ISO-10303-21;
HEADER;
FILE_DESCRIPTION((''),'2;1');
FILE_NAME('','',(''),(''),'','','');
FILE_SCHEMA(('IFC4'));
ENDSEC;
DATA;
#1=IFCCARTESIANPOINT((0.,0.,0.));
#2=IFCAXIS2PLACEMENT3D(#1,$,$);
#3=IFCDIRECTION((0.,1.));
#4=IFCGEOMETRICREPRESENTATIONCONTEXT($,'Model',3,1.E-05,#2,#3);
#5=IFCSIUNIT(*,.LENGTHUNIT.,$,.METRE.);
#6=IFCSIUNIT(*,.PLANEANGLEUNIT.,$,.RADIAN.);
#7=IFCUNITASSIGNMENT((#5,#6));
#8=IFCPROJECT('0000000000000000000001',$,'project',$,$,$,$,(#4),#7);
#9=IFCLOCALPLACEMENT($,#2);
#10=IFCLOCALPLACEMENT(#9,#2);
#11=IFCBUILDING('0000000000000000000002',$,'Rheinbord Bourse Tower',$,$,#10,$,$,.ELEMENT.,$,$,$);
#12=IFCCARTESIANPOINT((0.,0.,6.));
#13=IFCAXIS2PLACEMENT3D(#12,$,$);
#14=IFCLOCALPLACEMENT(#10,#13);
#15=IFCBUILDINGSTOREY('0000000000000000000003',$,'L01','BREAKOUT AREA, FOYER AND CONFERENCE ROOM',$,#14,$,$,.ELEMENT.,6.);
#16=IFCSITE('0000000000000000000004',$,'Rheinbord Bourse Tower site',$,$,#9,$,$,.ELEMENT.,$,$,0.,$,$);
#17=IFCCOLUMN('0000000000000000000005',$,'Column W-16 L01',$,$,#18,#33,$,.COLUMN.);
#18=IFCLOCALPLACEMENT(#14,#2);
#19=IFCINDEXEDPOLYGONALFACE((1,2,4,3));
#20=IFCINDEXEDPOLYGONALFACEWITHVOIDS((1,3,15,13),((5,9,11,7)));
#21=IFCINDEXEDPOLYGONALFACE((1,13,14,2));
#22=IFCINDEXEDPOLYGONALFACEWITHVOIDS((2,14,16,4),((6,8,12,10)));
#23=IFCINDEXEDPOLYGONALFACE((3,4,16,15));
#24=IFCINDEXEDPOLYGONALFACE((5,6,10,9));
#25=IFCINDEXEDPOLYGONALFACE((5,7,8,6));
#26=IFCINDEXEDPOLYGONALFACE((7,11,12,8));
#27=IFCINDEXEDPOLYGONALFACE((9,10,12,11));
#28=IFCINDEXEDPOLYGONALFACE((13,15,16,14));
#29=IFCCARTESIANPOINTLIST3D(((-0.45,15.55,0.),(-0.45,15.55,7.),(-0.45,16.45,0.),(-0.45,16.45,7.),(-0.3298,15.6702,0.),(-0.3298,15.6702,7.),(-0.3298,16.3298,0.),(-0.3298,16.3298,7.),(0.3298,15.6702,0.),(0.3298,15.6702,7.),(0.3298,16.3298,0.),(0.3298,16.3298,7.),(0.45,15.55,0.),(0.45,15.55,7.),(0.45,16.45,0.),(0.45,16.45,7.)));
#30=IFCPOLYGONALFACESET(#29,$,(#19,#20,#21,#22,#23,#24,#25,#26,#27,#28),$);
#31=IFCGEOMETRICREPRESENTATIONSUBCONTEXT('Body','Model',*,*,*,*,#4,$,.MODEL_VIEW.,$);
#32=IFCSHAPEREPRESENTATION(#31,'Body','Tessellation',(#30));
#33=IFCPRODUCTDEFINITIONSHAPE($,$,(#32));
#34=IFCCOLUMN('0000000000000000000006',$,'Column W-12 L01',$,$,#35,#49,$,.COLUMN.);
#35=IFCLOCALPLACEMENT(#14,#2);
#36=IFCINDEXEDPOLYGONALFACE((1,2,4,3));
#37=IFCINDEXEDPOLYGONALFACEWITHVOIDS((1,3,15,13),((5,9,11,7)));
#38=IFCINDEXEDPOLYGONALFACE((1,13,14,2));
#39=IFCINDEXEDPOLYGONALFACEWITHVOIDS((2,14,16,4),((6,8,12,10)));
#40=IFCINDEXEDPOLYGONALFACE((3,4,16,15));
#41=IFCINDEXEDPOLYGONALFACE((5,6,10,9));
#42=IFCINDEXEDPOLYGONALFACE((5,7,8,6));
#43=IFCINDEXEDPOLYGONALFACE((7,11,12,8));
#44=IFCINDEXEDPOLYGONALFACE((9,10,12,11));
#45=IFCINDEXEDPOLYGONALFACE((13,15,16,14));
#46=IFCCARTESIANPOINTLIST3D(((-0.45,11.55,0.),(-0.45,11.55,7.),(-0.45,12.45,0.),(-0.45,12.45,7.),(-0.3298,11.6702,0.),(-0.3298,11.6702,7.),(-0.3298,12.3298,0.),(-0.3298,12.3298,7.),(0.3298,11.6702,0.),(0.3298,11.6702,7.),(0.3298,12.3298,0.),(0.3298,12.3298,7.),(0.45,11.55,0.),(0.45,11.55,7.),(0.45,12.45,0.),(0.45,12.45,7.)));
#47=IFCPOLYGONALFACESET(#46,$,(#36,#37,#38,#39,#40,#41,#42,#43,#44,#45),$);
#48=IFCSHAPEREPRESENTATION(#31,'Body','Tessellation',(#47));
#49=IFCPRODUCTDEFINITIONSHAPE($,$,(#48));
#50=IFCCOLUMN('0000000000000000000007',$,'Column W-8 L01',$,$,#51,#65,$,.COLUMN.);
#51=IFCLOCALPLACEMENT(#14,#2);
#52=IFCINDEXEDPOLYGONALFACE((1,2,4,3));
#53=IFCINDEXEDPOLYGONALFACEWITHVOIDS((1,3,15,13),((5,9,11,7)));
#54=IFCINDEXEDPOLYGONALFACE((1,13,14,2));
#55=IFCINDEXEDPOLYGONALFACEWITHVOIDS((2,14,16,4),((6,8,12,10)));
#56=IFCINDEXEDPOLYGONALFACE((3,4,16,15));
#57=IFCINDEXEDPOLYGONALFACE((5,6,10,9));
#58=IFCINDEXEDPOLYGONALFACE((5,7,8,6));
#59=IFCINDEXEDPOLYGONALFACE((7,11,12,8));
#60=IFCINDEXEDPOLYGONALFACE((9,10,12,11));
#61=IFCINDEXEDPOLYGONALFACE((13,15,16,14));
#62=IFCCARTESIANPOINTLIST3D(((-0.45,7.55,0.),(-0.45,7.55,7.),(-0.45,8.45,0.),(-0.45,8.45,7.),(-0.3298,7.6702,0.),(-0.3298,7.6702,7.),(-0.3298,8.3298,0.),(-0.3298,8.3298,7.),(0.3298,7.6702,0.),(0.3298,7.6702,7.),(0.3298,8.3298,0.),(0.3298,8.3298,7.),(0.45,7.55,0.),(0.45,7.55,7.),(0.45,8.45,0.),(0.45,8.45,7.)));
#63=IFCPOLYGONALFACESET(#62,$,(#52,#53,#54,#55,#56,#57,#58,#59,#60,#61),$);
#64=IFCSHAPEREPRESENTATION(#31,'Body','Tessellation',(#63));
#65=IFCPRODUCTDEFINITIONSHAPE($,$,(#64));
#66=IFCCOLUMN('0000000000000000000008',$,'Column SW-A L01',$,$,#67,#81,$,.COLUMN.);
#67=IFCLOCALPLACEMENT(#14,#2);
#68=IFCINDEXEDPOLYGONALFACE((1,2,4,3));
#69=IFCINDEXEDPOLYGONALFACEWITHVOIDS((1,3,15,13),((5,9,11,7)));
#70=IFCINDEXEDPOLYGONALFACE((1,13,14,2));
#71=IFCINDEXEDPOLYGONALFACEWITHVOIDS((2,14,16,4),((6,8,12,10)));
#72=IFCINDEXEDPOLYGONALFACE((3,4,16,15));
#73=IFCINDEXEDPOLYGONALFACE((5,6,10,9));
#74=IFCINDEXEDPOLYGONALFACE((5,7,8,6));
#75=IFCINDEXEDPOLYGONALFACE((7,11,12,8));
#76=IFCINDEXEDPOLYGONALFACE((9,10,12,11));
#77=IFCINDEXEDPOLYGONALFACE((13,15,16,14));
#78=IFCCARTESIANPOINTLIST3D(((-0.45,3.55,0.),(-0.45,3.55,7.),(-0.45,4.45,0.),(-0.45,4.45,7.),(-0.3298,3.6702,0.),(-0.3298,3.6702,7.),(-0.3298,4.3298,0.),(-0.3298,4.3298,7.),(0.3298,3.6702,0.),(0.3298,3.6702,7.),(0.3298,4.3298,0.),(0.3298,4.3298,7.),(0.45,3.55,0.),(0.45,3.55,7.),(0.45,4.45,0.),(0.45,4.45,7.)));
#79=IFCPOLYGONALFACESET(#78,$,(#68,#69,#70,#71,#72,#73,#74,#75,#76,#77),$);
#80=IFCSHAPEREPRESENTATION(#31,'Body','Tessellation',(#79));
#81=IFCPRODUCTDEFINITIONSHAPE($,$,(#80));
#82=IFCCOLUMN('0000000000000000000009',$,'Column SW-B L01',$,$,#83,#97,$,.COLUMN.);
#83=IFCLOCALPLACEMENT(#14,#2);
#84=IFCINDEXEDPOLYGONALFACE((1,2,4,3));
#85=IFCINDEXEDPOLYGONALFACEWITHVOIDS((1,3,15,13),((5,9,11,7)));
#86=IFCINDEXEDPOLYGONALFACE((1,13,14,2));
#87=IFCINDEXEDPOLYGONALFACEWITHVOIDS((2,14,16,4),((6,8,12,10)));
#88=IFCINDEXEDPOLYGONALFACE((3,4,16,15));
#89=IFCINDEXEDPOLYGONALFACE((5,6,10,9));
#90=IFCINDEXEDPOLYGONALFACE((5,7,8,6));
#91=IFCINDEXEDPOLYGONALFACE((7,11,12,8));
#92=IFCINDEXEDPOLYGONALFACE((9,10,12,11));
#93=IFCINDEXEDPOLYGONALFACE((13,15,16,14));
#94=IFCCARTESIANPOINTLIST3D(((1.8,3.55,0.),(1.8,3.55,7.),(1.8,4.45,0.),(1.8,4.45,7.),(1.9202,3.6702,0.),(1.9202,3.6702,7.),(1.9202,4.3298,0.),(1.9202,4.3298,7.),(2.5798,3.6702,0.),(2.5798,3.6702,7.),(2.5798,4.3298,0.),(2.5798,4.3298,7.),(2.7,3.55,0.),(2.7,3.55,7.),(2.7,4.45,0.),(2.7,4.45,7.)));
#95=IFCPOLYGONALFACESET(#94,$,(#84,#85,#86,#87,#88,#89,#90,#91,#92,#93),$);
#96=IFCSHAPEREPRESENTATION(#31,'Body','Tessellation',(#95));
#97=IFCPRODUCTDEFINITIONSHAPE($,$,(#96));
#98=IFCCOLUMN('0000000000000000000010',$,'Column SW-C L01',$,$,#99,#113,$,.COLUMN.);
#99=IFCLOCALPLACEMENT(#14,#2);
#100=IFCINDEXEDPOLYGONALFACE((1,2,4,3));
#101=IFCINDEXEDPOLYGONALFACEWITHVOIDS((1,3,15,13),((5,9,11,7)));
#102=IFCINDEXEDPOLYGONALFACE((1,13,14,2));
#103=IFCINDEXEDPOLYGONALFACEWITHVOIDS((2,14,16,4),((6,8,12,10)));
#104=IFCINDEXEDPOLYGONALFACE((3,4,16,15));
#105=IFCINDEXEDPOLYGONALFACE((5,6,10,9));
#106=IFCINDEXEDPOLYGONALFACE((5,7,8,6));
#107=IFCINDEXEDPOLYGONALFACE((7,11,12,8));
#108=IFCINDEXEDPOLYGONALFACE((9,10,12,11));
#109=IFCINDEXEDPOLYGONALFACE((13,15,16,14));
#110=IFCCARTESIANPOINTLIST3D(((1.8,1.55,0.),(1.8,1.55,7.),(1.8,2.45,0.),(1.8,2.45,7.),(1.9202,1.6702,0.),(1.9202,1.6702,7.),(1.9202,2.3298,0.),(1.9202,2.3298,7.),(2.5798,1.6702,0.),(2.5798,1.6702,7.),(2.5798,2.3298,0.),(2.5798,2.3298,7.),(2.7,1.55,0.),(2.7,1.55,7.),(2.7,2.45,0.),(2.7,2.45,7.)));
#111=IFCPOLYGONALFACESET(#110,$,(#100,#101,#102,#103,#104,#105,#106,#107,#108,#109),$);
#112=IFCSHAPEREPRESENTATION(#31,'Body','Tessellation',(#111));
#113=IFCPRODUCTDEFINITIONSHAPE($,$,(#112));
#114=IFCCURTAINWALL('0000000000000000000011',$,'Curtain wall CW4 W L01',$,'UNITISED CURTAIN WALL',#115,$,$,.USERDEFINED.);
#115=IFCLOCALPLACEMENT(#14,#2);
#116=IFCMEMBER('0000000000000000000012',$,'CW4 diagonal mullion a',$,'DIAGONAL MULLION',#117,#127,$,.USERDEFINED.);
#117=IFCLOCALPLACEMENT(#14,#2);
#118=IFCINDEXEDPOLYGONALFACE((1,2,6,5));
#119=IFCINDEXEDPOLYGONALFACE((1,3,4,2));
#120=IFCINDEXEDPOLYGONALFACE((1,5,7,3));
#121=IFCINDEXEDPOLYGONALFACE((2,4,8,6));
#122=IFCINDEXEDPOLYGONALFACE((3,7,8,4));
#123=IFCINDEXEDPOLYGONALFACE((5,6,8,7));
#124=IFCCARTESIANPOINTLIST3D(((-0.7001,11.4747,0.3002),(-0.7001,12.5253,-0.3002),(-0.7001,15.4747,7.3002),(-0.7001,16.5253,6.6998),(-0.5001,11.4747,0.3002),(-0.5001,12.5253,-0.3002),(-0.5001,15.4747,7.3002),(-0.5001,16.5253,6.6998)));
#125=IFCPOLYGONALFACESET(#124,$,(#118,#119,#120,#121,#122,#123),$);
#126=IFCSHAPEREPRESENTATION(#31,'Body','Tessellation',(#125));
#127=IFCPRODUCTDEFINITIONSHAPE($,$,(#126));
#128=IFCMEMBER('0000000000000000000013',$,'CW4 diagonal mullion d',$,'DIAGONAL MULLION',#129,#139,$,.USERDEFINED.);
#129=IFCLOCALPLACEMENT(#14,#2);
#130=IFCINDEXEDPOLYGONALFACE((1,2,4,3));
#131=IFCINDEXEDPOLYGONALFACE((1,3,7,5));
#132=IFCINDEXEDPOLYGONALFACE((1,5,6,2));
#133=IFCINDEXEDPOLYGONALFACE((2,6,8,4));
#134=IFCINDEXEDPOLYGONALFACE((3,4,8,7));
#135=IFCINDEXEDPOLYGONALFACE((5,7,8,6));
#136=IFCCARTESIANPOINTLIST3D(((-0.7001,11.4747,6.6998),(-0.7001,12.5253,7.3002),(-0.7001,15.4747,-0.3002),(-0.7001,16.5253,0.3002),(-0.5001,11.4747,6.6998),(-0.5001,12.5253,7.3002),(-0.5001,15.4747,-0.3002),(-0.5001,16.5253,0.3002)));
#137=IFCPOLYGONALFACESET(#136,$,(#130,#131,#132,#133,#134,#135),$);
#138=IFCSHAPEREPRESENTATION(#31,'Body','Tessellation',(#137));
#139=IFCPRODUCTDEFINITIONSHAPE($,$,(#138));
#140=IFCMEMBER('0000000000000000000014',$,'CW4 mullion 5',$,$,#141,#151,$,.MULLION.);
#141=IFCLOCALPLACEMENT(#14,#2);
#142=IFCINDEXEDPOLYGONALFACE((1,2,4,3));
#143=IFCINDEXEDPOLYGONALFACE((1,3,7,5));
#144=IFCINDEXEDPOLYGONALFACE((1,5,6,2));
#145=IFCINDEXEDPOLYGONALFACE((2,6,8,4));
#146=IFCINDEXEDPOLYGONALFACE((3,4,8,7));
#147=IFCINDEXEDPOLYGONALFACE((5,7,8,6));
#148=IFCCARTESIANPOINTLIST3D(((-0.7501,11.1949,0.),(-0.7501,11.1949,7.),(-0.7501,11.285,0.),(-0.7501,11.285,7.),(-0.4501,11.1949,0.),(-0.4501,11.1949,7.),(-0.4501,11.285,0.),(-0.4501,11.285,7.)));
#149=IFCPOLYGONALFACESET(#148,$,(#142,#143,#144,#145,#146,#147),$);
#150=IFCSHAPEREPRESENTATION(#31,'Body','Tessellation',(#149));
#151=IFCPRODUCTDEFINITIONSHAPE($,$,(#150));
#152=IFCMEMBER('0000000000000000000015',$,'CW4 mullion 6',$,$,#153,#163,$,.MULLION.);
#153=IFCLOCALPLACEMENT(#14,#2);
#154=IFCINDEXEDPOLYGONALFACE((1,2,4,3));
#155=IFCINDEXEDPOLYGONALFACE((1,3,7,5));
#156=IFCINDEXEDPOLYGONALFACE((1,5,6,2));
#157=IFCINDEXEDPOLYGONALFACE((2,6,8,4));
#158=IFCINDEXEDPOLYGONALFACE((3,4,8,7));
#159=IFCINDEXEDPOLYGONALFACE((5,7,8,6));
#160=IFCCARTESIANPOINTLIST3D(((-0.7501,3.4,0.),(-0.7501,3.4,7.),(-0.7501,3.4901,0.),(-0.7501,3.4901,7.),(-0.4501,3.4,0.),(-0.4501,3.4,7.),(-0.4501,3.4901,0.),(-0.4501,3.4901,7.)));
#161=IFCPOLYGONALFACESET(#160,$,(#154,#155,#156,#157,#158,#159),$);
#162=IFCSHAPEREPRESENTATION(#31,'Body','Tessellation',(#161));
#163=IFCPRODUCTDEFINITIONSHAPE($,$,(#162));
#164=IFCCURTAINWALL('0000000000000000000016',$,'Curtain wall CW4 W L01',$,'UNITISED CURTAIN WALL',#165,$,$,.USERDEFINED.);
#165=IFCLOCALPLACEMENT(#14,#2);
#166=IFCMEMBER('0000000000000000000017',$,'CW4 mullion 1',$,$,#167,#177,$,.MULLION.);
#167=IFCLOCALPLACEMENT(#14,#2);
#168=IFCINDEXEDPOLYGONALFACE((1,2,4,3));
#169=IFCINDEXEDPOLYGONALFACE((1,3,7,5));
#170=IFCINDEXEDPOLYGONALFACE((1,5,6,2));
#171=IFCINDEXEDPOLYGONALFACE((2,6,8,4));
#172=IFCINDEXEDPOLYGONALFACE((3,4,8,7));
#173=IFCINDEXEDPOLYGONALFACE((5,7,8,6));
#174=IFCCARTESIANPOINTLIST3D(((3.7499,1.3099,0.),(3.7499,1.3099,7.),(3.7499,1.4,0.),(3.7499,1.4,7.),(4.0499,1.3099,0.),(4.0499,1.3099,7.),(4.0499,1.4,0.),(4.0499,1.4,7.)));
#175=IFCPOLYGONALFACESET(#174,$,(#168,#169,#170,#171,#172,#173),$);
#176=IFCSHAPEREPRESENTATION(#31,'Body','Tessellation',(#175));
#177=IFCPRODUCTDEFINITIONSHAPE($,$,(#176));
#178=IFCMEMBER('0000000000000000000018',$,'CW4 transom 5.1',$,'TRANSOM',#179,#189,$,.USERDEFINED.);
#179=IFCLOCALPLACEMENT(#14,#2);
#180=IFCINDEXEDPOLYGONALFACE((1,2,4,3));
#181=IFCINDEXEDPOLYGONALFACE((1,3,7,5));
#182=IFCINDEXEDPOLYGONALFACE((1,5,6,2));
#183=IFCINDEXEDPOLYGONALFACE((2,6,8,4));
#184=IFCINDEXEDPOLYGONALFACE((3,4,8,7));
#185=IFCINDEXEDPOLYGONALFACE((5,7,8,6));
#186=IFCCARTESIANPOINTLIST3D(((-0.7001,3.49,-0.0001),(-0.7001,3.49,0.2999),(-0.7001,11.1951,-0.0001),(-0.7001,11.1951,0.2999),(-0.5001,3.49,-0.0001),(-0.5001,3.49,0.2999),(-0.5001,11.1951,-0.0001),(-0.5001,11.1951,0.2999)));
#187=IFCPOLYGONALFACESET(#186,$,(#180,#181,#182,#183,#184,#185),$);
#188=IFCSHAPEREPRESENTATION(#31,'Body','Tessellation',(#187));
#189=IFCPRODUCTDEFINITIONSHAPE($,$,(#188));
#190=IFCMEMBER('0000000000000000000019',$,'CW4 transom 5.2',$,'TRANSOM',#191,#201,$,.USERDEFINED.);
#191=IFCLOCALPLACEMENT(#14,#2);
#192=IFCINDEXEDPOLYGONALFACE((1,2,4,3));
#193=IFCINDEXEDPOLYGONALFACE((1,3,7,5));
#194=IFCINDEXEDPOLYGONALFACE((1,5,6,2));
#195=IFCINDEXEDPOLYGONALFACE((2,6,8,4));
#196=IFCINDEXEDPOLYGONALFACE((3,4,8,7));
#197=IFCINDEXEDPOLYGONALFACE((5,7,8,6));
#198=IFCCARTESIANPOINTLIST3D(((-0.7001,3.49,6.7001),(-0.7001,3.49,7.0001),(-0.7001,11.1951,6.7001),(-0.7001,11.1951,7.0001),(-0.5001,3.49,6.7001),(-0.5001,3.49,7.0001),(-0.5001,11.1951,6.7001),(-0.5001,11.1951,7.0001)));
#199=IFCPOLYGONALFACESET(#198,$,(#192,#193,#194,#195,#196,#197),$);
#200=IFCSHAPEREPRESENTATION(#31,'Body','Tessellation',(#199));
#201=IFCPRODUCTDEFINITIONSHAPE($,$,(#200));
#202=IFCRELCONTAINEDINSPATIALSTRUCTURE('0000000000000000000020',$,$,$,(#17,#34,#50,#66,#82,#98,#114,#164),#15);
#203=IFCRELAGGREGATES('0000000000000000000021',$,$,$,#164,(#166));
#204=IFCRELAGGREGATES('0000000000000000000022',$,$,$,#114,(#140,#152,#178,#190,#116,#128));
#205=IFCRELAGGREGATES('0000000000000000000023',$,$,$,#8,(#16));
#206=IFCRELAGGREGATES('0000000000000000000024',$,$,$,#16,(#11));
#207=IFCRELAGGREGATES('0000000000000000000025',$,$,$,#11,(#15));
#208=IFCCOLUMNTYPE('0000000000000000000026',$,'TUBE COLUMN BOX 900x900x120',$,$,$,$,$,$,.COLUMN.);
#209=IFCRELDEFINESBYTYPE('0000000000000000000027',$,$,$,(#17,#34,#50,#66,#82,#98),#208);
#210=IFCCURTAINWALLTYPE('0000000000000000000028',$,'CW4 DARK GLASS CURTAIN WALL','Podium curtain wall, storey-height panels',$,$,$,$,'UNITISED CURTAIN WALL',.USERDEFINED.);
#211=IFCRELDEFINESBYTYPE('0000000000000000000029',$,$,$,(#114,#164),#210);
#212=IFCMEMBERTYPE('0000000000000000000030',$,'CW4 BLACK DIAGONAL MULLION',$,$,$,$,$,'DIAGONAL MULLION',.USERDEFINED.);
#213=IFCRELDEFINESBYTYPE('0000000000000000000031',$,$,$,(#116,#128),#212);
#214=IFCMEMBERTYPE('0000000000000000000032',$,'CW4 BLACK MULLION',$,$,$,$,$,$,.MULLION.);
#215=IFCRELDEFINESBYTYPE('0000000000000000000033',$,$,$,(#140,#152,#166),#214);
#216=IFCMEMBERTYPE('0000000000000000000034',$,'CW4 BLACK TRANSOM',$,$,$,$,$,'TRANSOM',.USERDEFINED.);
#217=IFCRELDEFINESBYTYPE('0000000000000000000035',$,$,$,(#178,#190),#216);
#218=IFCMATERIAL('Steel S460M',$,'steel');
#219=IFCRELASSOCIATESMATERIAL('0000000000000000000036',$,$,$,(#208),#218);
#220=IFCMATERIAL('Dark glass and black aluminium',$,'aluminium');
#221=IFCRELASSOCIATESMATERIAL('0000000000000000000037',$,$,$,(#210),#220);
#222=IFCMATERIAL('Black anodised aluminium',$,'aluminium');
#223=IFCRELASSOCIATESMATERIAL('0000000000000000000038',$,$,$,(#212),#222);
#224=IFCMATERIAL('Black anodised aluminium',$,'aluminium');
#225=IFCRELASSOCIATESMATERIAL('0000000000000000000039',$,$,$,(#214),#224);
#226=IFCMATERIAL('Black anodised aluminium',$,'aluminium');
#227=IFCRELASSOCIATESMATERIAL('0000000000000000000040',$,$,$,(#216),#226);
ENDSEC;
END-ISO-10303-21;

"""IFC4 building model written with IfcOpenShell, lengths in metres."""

from ifc_helpers import new_model, si_unit, direction, frame, origin, origin_2d, place, context, subcontext, project, spatial, rectangle, hollow_rectangle, extrude, material, material_profile, profile_set, type_object, element, aggregate, save


model = new_model("IFC4")

# Units and contexts
model_context = context("Model", 3, precision=1e-05, world=origin(), true_north=direction((0.0, 1.0)))
body_context = subcontext(model_context, "Body", "Model", "MODEL_VIEW")
ifc_project = project(units=[si_unit("LENGTHUNIT", "METRE"), si_unit("PLANEANGLEUNIT", "RADIAN")], contexts=[model_context])

# Site, building, storey
site_placement = place(None, origin())
site = spatial("IfcSite", under=ifc_project, at=site_placement, Name="Rheinbord Bourse Tower site", CompositionType="ELEMENT", RefElevation=0.0)
building_placement = place(site_placement, origin())
building = spatial("IfcBuilding", under=site, at=building_placement, Name="Rheinbord Bourse Tower", CompositionType="ELEMENT")
storey_placement = place(building_placement, frame((0.0, 0.0, 6.0)))
storey = spatial("IfcBuildingStorey", under=building, at=storey_placement, Name="L01", Description="BREAKOUT AREA, FOYER AND CONFERENCE ROOM", CompositionType="ELEMENT", Elevation=6.0)

# Columns
ifc_material_1 = material(Name="Steel S460M", Category="steel")
ifc_material_profile_1 = material_profile(ifc_material_1, hollow_rectangle(XDim=0.8999, YDim=0.8999, WallThickness=0.1201, at=origin_2d()), Name="BOX 900x900x120")
ifc_profile_set_1 = profile_set([ifc_material_profile_1], Name="Steel S460M")
column_type = type_object("IfcColumnType", Name="TUBE COLUMN BOX 900x900x120", PredefinedType="COLUMN", material=ifc_profile_set_1)
for number, where, z_axis, x_axis, name in (
    (1, (0.0, 16.0, 0.0), (0.0, 0.0, 1.0), (1.0, 0.0, 0.0), "Column W-16 L01"),
    (2, (0.0, 12.0, 0.0), (0.0, 0.0, 1.0), (1.0, 0.0, 0.0), "Column W-12 L01"),
    (3, (0.0, 8.0, 0.0), (0.0, 0.0, 1.0), (1.0, 0.0, 0.0), "Column W-8 L01"),
    (4, (0.0, 4.0, 0.0), (0.0, 0.0, 1.0), (1.0, 0.0, 0.0), "Column SW-A L01"),
    (5, (2.25, 4.0, 0.0), (0.0, 0.0, 1.0), (1.0, 0.0, 0.0), "Column SW-B L01"),
    (6, (2.25, 2.0, 0.0), (0.0, 0.0, 1.0), (1.0, 0.0, 0.0), "Column SW-C L01"),
):
    element("IfcColumn", number, at=place(storey_placement, frame(where, z_axis=z_axis, x_axis=x_axis)), inside=storey, type_object=column_type, Name=name, PredefinedType="COLUMN", context=body_context, shape_type="SweptSolid", body=[
        extrude(hollow_rectangle(XDim=0.8999, YDim=0.8999, WallThickness=0.1201, at=origin_2d()), origin(), (0.0, 0.0, 1.0), 7.0),
    ])

# Curtain wall, members
ifc_material_2 = material(Name="Dark glass and black aluminium", Category="aluminium")
curtain_wall_type = type_object("IfcCurtainWallType", Name="CW4 DARK GLASS CURTAIN WALL", Description="Podium curtain wall, storey-height panels", ElementType="UNITISED CURTAIN WALL", PredefinedType="USERDEFINED", material=ifc_material_2)
curtain_wall_1_placement = place(storey_placement, origin())
curtain_wall_1 = element("IfcCurtainWall", 7, at=curtain_wall_1_placement, inside=storey, type_object=curtain_wall_type, Name="Curtain wall CW4 W L01", ObjectType="UNITISED CURTAIN WALL", PredefinedType="USERDEFINED")
ifc_material_3 = material(Name="Black anodised aluminium", Category="aluminium")
ifc_material_profile_2 = material_profile(ifc_material_3, rectangle(XDim=0.2, YDim=1.21, at=origin_2d()), Name="CW4 DIAGONAL MULLION 1210x200")
ifc_profile_set_2 = profile_set([ifc_material_profile_2], Name="Black anodised aluminium")
member_type_1 = type_object("IfcMemberType", Name="CW4 BLACK DIAGONAL MULLION", ElementType="DIAGONAL MULLION", PredefinedType="USERDEFINED", material=ifc_profile_set_2)
member_1_placement = place(storey_placement, frame((-0.6001, 12.0, 0.0), z_axis=(0.0, 0.496139, 0.868243), x_axis=(-1.0, 0.0, 0.0)))
member_1 = element("IfcMember", 8, at=member_1_placement, type_object=member_type_1, Name="CW4 diagonal mullion a", ObjectType="DIAGONAL MULLION", PredefinedType="USERDEFINED", context=body_context, shape_type="SweptSolid", body=[
    extrude(rectangle(XDim=0.2, YDim=1.21, at=origin_2d()), origin(), (0.0, 0.0, 1.0), 8.0623),
])
member_2_placement = place(storey_placement, frame((-0.6001, 16.0, 0.0), z_axis=(0.0, -0.496139, 0.868243), x_axis=(1.0, 0.0, 0.0)))
member_2 = element("IfcMember", 9, at=member_2_placement, type_object=member_type_1, Name="CW4 diagonal mullion d", ObjectType="DIAGONAL MULLION", PredefinedType="USERDEFINED", context=body_context, shape_type="SweptSolid", body=[
    extrude(rectangle(XDim=0.2, YDim=1.21, at=origin_2d()), origin(), (0.0, 0.0, 1.0), 8.0623),
])
ifc_material_4 = material(Name="Black anodised aluminium", Category="aluminium")
ifc_material_profile_3 = material_profile(ifc_material_4, rectangle(XDim=0.3, YDim=0.0901, at=origin_2d()), Name="CW4 MULLION 90x300")
ifc_profile_set_3 = profile_set([ifc_material_profile_3], Name="Black anodised aluminium")
member_type_2 = type_object("IfcMemberType", Name="CW4 BLACK MULLION", PredefinedType="MULLION", material=ifc_profile_set_3)
member_3_placement = place(storey_placement, frame((-0.6001, 11.24, 0.0), z_axis=(0.0, 0.0, 1.0), x_axis=(1.0, 0.0, 0.0)))
member_3 = element("IfcMember", 10, at=member_3_placement, type_object=member_type_2, Name="CW4 mullion 5", PredefinedType="MULLION", context=body_context, shape_type="SweptSolid", body=[
    extrude(rectangle(XDim=0.3, YDim=0.0901, at=origin_2d()), origin(), (0.0, 0.0, 1.0), 7.0),
])
member_4_placement = place(storey_placement, frame((-0.6001, 3.4451, 0.0), z_axis=(0.0, 0.0, 1.0), x_axis=(1.0, 0.0, 0.0)))
member_4 = element("IfcMember", 11, at=member_4_placement, type_object=member_type_2, Name="CW4 mullion 6", PredefinedType="MULLION", context=body_context, shape_type="SweptSolid", body=[
    extrude(rectangle(XDim=0.3, YDim=0.0901, at=origin_2d()), origin(), (0.0, 0.0, 1.0), 7.0),
])

# Curtain wall, member
curtain_wall_2_placement = place(storey_placement, origin())
curtain_wall_2 = element("IfcCurtainWall", 12, at=curtain_wall_2_placement, inside=storey, type_object=curtain_wall_type, Name="Curtain wall CW4 W L01", ObjectType="UNITISED CURTAIN WALL", PredefinedType="USERDEFINED")
member_5_placement = place(storey_placement, frame((3.8999, 1.355, 0.0), z_axis=(0.0, 0.0, 1.0), x_axis=(1.0, 0.0, 0.0)))
member_5 = element("IfcMember", 13, at=member_5_placement, type_object=member_type_2, Name="CW4 mullion 1", PredefinedType="MULLION", context=body_context, shape_type="SweptSolid", body=[
    extrude(rectangle(XDim=0.3, YDim=0.0901, at=origin_2d()), origin(), (0.0, 0.0, 1.0), 7.0),
])

# Members
ifc_material_5 = material(Name="Black anodised aluminium", Category="aluminium")
ifc_material_profile_4 = material_profile(ifc_material_5, rectangle(XDim=0.2, YDim=0.3, at=origin_2d()), Name="CW4 TRANSOM 300x200")
ifc_profile_set_4 = profile_set([ifc_material_profile_4], Name="Black anodised aluminium")
member_type_3 = type_object("IfcMemberType", Name="CW4 BLACK TRANSOM", ElementType="TRANSOM", PredefinedType="USERDEFINED", material=ifc_profile_set_4)
member_6_placement = place(storey_placement, frame((-0.6001, 11.1951, 0.1499), z_axis=(0.0, -1.0, 0.0), x_axis=(1.0, 0.0, 0.0)))
member_6 = element("IfcMember", 14, at=member_6_placement, type_object=member_type_3, Name="CW4 transom 5.1", ObjectType="TRANSOM", PredefinedType="USERDEFINED", context=body_context, shape_type="SweptSolid", body=[
    extrude(rectangle(XDim=0.2, YDim=0.3, at=origin_2d()), origin(), (0.0, 0.0, 1.0), 7.7051),
])
member_7_placement = place(storey_placement, frame((-0.6001, 11.1951, 6.8501), z_axis=(0.0, -1.0, 0.0), x_axis=(1.0, 0.0, 0.0)))
member_7 = element("IfcMember", 15, at=member_7_placement, type_object=member_type_3, Name="CW4 transom 5.2", ObjectType="TRANSOM", PredefinedType="USERDEFINED", context=body_context, shape_type="SweptSolid", body=[
    extrude(rectangle(XDim=0.2, YDim=0.3, at=origin_2d()), origin(), (0.0, 0.0, 1.0), 7.7051),
])
aggregate(curtain_wall_2, [member_5])

aggregate(curtain_wall_1, [member_3, member_4, member_6, member_7, member_1, member_2])

save(model, "model.ifc")
